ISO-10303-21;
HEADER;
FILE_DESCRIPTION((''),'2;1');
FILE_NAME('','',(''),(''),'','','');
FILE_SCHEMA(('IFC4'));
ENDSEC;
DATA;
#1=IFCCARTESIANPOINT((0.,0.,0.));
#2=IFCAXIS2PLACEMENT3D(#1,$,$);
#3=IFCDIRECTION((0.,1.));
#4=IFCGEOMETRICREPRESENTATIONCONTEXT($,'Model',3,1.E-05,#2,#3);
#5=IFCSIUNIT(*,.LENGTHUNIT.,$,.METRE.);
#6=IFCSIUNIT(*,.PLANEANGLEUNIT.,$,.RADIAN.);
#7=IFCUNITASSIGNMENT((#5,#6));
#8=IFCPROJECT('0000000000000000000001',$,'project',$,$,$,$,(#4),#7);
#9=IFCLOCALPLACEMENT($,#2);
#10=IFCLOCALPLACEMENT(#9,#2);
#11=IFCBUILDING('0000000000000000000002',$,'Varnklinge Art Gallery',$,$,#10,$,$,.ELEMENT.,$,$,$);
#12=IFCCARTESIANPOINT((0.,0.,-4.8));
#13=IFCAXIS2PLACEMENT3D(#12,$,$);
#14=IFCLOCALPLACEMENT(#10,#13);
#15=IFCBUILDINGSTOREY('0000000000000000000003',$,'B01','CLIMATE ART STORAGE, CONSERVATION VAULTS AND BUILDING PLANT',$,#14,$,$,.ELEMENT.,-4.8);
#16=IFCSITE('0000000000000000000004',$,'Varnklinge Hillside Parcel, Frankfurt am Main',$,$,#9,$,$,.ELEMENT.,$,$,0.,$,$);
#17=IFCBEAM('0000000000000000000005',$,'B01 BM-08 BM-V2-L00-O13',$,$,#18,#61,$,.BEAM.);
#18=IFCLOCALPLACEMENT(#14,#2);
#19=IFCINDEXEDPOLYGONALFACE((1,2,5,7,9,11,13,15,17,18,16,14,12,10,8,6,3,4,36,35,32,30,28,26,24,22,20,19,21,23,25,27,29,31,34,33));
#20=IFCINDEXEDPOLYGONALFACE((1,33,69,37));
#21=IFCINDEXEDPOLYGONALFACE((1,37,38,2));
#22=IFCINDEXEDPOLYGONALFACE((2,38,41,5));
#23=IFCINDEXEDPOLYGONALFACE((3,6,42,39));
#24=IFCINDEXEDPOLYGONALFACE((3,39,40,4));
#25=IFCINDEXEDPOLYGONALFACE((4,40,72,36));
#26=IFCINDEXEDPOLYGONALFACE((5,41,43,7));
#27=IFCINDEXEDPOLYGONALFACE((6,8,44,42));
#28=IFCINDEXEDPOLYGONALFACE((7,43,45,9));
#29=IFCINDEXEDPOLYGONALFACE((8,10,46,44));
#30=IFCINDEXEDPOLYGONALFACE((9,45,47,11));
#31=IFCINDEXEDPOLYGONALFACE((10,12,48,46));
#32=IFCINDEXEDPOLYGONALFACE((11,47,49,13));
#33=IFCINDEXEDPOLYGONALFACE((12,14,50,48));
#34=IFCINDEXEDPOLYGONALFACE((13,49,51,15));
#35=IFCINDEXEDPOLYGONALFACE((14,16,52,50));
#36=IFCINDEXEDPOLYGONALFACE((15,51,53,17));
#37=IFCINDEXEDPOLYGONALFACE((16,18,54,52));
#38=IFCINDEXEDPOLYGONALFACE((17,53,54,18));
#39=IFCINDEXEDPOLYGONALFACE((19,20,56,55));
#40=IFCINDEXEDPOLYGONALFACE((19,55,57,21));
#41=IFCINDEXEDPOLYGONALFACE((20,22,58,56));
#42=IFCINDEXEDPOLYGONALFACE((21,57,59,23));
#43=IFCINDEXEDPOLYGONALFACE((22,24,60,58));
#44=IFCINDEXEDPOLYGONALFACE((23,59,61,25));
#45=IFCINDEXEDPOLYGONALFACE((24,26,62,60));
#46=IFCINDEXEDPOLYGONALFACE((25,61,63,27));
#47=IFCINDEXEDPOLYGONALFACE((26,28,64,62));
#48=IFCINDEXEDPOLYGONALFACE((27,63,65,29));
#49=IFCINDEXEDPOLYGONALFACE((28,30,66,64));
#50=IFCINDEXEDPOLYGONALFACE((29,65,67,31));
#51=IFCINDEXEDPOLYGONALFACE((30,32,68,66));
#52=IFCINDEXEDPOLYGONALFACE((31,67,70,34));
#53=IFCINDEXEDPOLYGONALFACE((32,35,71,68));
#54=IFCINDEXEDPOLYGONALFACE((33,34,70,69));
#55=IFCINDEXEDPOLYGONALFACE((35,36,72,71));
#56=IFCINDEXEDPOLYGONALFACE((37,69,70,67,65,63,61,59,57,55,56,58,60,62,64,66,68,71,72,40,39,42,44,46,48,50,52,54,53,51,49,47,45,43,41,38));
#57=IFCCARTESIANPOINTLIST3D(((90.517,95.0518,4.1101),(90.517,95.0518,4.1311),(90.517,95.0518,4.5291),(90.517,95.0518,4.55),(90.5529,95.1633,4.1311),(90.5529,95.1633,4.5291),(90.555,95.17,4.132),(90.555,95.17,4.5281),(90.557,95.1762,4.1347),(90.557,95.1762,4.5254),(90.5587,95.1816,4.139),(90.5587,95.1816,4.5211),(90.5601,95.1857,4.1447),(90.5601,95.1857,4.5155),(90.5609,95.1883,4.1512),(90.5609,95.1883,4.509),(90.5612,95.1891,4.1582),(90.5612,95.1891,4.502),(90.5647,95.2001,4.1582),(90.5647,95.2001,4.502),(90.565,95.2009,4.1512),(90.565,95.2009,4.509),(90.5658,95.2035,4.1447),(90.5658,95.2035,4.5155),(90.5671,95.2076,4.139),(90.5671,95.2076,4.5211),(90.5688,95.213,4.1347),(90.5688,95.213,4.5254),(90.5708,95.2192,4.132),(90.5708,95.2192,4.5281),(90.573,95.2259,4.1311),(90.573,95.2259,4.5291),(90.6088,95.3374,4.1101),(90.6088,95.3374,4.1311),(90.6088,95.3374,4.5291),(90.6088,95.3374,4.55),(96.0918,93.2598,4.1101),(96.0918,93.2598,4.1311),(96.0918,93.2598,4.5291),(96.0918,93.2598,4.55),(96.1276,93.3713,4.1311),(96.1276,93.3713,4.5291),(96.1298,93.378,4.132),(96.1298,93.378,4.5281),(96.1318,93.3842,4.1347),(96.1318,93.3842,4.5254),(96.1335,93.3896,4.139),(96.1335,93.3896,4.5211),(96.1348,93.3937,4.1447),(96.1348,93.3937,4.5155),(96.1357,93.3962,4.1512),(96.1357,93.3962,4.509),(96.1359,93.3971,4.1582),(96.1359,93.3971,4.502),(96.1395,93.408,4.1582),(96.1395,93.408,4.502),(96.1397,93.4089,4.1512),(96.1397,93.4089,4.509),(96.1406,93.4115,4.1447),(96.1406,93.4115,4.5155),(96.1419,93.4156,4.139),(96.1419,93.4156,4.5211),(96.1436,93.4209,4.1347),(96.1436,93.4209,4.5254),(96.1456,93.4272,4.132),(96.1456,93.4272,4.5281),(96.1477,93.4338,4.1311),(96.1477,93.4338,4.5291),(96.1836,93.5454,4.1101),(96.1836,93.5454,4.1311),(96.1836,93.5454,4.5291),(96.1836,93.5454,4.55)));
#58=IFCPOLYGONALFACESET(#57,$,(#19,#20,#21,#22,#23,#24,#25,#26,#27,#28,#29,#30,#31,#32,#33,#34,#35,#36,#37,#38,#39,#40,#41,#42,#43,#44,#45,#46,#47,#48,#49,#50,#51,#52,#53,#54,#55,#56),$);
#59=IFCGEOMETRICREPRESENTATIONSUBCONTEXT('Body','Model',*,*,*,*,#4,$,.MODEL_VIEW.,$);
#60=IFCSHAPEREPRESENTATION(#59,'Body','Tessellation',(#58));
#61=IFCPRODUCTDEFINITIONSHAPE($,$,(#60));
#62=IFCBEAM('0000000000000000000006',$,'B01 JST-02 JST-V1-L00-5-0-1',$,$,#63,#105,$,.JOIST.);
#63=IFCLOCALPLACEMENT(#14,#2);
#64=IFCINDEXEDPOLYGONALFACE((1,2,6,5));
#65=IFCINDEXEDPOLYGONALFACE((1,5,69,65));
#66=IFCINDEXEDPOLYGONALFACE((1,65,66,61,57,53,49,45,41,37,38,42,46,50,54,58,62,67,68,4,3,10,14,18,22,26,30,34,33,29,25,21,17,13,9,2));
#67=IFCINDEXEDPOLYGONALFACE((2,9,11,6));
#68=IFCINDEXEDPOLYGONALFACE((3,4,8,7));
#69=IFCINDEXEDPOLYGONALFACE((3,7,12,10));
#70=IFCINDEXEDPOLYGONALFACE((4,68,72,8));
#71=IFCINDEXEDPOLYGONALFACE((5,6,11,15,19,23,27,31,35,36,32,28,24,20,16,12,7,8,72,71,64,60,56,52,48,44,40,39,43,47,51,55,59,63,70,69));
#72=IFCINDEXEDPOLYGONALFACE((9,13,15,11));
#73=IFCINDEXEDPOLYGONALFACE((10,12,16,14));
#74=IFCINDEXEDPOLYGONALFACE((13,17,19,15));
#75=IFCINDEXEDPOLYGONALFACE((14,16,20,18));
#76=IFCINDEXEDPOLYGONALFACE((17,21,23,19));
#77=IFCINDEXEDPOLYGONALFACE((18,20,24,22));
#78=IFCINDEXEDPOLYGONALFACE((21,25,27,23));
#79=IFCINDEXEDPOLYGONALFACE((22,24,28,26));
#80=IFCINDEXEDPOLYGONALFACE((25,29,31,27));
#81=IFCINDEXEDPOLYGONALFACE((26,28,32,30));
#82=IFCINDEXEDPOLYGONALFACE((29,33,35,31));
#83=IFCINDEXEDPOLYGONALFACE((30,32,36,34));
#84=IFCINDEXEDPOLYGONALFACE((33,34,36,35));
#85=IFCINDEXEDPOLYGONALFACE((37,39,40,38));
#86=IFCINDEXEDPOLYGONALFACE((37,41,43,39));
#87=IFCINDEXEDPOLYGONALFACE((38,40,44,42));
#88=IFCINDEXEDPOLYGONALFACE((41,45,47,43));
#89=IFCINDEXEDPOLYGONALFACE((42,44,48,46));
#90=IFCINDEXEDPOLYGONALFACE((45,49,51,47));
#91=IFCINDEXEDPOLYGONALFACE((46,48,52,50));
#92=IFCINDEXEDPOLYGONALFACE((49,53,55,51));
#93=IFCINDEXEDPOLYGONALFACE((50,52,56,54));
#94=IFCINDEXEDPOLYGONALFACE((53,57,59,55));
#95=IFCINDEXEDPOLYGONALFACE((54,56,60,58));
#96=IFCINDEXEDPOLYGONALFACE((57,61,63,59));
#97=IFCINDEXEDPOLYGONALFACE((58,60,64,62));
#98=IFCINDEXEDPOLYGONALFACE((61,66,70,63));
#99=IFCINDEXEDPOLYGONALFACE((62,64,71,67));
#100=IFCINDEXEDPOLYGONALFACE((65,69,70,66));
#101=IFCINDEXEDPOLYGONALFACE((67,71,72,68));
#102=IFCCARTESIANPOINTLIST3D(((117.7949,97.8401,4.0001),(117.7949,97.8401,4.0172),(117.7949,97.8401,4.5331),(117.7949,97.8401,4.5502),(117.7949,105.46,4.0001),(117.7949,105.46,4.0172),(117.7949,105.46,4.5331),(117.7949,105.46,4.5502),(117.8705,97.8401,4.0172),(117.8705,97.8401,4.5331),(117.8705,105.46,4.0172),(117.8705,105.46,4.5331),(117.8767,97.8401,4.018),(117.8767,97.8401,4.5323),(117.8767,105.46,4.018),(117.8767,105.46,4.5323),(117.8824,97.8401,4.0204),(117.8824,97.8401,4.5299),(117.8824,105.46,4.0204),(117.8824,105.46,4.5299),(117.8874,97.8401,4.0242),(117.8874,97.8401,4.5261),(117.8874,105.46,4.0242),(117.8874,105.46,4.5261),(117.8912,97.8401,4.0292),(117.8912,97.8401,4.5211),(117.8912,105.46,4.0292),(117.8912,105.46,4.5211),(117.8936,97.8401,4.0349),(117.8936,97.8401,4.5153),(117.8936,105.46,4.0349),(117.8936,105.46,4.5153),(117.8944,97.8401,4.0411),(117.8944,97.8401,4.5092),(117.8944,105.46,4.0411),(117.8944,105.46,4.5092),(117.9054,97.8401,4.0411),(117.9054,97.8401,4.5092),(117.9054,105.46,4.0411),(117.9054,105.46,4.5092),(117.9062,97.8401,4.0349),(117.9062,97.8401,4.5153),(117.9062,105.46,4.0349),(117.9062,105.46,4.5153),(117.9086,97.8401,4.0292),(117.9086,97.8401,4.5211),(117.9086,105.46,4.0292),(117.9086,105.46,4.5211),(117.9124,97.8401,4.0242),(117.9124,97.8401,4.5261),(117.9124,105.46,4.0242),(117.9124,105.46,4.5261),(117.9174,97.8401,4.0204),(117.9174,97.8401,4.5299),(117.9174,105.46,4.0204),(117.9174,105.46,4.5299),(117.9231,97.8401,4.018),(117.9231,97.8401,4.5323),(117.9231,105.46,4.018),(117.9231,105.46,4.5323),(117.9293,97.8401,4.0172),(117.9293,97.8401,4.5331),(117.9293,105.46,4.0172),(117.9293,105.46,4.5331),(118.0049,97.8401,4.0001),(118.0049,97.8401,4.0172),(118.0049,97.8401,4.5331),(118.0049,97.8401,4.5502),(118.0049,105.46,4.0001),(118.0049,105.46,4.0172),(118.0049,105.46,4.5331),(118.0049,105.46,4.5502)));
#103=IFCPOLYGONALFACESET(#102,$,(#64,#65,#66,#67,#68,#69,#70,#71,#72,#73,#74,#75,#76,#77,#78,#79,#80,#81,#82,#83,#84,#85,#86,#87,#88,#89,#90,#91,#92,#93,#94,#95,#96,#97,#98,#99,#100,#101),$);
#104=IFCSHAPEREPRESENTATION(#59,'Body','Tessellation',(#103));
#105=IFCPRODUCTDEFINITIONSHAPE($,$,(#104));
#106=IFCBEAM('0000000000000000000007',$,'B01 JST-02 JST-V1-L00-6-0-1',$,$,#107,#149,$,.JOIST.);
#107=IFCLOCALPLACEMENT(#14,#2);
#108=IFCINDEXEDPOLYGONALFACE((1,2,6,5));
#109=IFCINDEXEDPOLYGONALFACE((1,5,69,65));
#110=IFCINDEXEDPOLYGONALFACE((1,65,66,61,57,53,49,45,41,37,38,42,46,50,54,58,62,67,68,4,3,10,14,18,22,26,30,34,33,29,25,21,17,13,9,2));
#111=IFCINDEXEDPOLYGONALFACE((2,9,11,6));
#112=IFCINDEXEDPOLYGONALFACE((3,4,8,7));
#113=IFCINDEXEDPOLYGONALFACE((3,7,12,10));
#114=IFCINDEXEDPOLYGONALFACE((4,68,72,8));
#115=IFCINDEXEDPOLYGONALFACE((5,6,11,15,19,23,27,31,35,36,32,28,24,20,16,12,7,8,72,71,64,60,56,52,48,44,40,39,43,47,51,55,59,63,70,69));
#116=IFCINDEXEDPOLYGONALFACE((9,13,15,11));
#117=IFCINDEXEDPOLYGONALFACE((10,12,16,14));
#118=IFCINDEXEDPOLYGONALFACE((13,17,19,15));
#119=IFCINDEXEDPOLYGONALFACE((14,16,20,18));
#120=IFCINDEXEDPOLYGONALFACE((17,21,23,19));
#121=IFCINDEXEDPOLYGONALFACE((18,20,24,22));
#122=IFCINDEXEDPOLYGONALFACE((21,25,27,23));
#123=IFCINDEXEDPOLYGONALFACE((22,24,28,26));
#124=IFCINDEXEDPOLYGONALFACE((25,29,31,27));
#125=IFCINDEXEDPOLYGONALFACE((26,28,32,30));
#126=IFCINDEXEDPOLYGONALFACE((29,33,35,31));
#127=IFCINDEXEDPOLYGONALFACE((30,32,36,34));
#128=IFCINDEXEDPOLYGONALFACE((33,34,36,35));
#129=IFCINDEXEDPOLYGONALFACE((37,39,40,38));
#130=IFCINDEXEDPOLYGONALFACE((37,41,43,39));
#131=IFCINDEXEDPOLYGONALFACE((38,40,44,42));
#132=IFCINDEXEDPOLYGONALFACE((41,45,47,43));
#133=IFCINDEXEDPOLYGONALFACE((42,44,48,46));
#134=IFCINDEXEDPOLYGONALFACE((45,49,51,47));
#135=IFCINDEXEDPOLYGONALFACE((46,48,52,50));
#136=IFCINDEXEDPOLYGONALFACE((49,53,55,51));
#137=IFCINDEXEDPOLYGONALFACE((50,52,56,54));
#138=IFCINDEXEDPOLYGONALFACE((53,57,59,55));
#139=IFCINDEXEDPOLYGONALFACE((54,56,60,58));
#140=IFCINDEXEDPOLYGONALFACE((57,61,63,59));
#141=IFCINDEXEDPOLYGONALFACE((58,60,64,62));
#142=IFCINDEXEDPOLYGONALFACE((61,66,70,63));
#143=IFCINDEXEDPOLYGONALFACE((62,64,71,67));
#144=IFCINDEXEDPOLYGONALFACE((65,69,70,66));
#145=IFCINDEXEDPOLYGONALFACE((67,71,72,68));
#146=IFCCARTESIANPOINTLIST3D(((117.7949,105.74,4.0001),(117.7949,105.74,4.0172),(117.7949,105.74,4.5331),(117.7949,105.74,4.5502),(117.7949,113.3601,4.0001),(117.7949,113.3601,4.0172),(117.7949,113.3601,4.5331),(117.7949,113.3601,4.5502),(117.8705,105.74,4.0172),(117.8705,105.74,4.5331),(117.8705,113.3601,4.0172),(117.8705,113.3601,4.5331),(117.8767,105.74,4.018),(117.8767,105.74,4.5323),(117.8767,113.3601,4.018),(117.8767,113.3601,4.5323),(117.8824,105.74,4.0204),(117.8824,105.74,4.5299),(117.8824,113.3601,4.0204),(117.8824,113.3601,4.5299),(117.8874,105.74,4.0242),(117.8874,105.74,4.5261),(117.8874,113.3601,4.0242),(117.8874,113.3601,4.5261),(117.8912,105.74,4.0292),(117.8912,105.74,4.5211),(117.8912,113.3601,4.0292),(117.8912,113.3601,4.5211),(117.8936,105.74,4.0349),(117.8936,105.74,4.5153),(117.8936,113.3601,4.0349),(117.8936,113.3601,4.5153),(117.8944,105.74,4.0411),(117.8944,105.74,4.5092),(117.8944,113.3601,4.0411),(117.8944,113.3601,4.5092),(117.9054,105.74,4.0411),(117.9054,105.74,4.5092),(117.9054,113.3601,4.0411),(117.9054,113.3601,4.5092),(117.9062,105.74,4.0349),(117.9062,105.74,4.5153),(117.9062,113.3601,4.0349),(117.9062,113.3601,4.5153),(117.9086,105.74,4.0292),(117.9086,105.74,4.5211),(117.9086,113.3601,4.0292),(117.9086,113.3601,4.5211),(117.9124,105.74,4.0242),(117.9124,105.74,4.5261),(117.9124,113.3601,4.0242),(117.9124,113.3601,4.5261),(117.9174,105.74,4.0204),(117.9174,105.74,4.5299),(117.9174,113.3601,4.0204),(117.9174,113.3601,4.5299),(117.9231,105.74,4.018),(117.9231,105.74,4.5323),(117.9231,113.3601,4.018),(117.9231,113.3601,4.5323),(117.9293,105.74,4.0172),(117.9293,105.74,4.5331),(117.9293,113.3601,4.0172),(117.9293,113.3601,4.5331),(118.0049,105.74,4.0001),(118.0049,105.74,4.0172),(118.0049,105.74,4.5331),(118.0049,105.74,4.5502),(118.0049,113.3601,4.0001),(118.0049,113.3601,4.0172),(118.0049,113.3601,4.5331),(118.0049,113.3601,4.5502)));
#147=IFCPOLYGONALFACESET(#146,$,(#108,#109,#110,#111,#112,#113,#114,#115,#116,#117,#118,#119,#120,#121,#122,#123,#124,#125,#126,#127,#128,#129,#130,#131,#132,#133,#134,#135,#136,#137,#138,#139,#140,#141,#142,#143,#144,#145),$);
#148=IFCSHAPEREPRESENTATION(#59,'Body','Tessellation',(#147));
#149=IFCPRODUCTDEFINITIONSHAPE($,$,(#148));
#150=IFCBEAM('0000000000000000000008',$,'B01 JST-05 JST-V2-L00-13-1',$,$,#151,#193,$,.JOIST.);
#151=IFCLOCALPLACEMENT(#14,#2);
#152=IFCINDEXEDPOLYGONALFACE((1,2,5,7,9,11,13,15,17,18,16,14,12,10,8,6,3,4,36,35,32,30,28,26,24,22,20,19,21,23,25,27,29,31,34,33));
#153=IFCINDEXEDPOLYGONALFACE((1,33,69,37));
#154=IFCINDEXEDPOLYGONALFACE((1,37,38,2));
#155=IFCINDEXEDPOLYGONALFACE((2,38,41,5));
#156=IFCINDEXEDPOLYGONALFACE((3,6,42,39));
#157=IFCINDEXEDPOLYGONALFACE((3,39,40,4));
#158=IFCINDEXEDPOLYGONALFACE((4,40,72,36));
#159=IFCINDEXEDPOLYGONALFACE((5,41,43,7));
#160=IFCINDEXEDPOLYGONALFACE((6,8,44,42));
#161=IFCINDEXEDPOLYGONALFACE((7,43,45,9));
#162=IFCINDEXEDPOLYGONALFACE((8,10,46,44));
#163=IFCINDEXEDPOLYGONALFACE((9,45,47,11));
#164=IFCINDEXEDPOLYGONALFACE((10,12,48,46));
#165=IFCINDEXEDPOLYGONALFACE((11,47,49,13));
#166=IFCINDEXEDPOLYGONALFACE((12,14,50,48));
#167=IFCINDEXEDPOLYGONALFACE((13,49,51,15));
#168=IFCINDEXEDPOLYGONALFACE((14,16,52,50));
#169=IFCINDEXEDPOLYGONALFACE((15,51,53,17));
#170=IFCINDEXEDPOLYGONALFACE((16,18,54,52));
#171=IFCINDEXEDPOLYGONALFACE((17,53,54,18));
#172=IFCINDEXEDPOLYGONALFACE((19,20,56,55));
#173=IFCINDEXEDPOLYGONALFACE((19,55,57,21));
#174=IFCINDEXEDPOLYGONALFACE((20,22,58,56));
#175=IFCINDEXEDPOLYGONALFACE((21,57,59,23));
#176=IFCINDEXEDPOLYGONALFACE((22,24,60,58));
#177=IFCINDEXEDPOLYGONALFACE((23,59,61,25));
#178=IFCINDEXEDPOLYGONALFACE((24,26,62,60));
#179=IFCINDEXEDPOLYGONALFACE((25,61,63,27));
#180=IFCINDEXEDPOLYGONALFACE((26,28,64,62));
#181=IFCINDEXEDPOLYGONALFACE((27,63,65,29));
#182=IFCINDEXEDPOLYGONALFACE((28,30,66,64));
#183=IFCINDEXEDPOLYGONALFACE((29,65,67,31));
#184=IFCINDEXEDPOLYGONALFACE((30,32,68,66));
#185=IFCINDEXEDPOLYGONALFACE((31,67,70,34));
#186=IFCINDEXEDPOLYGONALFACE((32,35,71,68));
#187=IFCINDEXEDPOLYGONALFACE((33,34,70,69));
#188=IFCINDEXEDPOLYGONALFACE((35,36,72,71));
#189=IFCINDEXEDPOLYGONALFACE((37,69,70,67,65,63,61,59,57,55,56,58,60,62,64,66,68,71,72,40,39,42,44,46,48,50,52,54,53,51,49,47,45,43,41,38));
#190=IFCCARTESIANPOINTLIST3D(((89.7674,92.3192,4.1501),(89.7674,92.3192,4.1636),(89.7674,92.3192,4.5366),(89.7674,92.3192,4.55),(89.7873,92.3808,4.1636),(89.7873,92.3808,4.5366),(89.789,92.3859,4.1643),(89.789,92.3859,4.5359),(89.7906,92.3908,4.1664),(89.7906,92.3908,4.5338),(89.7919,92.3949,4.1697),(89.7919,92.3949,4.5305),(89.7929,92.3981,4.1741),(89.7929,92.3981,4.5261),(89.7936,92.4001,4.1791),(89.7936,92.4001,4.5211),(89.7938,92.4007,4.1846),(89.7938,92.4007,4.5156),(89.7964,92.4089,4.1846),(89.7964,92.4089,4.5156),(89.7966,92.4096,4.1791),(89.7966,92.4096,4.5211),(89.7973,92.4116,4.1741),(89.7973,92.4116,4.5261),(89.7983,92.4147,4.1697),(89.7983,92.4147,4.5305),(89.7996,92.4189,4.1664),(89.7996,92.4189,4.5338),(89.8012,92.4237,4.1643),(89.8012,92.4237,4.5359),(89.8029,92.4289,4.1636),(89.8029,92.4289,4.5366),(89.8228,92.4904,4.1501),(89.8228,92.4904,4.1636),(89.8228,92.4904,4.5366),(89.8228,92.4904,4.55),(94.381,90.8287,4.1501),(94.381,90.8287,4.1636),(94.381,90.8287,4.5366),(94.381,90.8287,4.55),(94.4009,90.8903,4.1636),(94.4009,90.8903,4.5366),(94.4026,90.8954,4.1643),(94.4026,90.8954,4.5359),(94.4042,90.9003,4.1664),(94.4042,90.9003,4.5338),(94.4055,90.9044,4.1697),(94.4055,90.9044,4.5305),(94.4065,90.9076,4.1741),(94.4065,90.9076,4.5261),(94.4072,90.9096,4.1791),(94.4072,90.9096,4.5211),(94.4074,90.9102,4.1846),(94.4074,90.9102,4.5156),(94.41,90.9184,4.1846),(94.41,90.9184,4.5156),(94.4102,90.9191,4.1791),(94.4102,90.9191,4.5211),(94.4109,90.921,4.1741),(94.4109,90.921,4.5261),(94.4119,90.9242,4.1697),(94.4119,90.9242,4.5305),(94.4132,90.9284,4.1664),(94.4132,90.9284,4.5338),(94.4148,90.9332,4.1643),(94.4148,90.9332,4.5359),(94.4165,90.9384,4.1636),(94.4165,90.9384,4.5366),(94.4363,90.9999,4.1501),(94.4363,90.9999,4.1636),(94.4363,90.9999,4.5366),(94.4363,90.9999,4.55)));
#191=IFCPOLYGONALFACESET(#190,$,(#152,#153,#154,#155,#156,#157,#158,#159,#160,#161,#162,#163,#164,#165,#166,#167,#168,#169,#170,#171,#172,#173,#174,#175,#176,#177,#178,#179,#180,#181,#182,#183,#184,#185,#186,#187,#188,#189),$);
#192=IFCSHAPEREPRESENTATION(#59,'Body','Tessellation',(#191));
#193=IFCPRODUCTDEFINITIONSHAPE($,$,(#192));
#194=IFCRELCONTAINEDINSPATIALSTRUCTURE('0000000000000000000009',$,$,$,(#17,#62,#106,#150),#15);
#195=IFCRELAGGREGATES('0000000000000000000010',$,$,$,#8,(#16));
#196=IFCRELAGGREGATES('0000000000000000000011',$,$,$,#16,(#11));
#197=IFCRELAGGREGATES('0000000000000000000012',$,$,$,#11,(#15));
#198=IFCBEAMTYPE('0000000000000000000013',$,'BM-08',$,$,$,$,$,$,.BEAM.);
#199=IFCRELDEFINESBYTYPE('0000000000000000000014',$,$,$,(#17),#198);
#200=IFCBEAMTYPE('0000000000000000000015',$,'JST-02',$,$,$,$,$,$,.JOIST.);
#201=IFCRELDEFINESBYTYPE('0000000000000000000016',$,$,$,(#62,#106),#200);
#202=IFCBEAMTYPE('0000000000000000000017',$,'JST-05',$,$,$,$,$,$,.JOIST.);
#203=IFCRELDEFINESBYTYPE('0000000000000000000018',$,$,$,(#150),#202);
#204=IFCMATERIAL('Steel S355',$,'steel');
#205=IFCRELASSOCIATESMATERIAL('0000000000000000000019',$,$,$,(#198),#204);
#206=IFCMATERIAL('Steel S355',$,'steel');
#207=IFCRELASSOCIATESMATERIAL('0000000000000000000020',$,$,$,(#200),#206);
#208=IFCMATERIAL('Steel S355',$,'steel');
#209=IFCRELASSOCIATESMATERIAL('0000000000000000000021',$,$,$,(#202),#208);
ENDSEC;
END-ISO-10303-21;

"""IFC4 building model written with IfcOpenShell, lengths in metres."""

from ifc_helpers import new_model, si_unit, direction, frame, origin, origin_2d, place, context, subcontext, project, spatial, i_section, extrude, material, material_profile, profile_set, type_object, element, save


model = new_model("IFC4")

# Units and contexts
model_context = context("Model", 3, precision=1e-05, world=origin(), true_north=direction((0.0, 1.0)))
body_context = subcontext(model_context, "Body", "Model", "MODEL_VIEW")
ifc_project = project(units=[si_unit("LENGTHUNIT", "METRE"), si_unit("PLANEANGLEUNIT", "RADIAN")], contexts=[model_context])

# Site, building, storey
site_placement = place(None, origin())
site = spatial("IfcSite", under=ifc_project, at=site_placement, Name="Varnklinge Hillside Parcel, Frankfurt am Main", CompositionType="ELEMENT", RefElevation=0.0)
building_placement = place(site_placement, origin())
building = spatial("IfcBuilding", under=site, at=building_placement, Name="Varnklinge Art Gallery", CompositionType="ELEMENT")
storey_placement = place(building_placement, frame((0.0, 0.0, -4.8)))
storey = spatial("IfcBuildingStorey", under=building, at=storey_placement, Name="B01", Description="CLIMATE ART STORAGE, CONSERVATION VAULTS AND BUILDING PLANT", CompositionType="ELEMENT", Elevation=-4.8)

# Beams
ifc_material_1 = material(Name="Steel S355", Category="steel")
ifc_material_profile_1 = material_profile(ifc_material_1, i_section(OverallWidth=0.3, OverallDepth=0.4399, WebThickness=0.0115, FlangeThickness=0.021, FilletRadius=0.0271, at=origin_2d()), Name="HEA 450")
ifc_profile_set_1 = profile_set([ifc_material_profile_1], Name="Steel S355")
beam_type_1 = type_object("IfcBeamType", Name="BM-08", PredefinedType="BEAM", material=ifc_profile_set_1)
beam_1_placement = place(storey_placement, frame((96.1377, 93.4026, 4.3301), z_axis=(-0.952022, 0.306028, 0.0), x_axis=(-0.306028, -0.952022, 0.0)))
element("IfcBeam", 1, at=beam_1_placement, inside=storey, type_object=beam_type_1, Name="B01 BM-08 BM-V2-L00-O13", PredefinedType="BEAM", context=body_context, shape_type="SweptSolid", body=[
    extrude(i_section(OverallWidth=0.3, OverallDepth=0.4399, WebThickness=0.0115, FlangeThickness=0.021, FilletRadius=0.0271, at=origin_2d()), origin(), (0.0, 0.0, 1.0), 5.8557),
])
ifc_material_2 = material(Name="Steel S355", Category="steel")
ifc_material_profile_2 = material_profile(ifc_material_2, i_section(OverallWidth=0.21, OverallDepth=0.55, WebThickness=0.011, FlangeThickness=0.0171, FilletRadius=0.0239, at=origin_2d()), Name="IPE 550")
ifc_profile_set_2 = profile_set([ifc_material_profile_2], Name="Steel S355")
beam_type_2 = type_object("IfcBeamType", Name="JST-02", PredefinedType="JOIST", material=ifc_profile_set_2)
beam_2_placement = place(storey_placement, frame((117.8999, 97.8401, 4.2751), z_axis=(0.0, 1.0, 0.0), x_axis=(-1.0, 0.0, 0.0)))
element("IfcBeam", 2, at=beam_2_placement, inside=storey, type_object=beam_type_2, Name="B01 JST-02 JST-V1-L00-5-0-1", PredefinedType="JOIST", context=body_context, shape_type="SweptSolid", body=[
    extrude(i_section(OverallWidth=0.21, OverallDepth=0.55, WebThickness=0.011, FlangeThickness=0.0171, FilletRadius=0.0239, at=origin_2d()), origin(), (0.0, 0.0, 1.0), 7.6199),
])
beam_3_placement = place(storey_placement, frame((117.8999, 105.74, 4.2751), z_axis=(0.0, 1.0, 0.0), x_axis=(-1.0, 0.0, 0.0)))
element("IfcBeam", 3, at=beam_3_placement, inside=storey, type_object=beam_type_2, Name="B01 JST-02 JST-V1-L00-6-0-1", PredefinedType="JOIST", context=body_context, shape_type="SweptSolid", body=[
    extrude(i_section(OverallWidth=0.21, OverallDepth=0.55, WebThickness=0.011, FlangeThickness=0.0171, FilletRadius=0.0239, at=origin_2d()), origin(), (0.0, 0.0, 1.0), 7.6201),
])
ifc_material_3 = material(Name="Steel S355", Category="steel")
ifc_material_profile_3 = material_profile(ifc_material_3, i_section(OverallWidth=0.1799, OverallDepth=0.3999, WebThickness=0.0085, FlangeThickness=0.0134, FilletRadius=0.021, at=origin_2d()), Name="IPE 400")
ifc_profile_set_3 = profile_set([ifc_material_profile_3], Name="Steel S355")
beam_type_3 = type_object("IfcBeamType", Name="JST-05", PredefinedType="JOIST", material=ifc_profile_set_3)
beam_4_placement = place(storey_placement, frame((94.4087, 90.9143, 4.3501), z_axis=(-0.951573, 0.307422, 0.0), x_axis=(-0.307422, -0.951573, 0.0)))
element("IfcBeam", 4, at=beam_4_placement, inside=storey, type_object=beam_type_3, Name="B01 JST-05 JST-V2-L00-13-1", PredefinedType="JOIST", context=body_context, shape_type="SweptSolid", body=[
    extrude(i_section(OverallWidth=0.1799, OverallDepth=0.3999, WebThickness=0.0085, FlangeThickness=0.0134, FilletRadius=0.021, at=origin_2d()), origin(), (0.0, 0.0, 1.0), 4.8484),
])

save(model, "model.ifc")
